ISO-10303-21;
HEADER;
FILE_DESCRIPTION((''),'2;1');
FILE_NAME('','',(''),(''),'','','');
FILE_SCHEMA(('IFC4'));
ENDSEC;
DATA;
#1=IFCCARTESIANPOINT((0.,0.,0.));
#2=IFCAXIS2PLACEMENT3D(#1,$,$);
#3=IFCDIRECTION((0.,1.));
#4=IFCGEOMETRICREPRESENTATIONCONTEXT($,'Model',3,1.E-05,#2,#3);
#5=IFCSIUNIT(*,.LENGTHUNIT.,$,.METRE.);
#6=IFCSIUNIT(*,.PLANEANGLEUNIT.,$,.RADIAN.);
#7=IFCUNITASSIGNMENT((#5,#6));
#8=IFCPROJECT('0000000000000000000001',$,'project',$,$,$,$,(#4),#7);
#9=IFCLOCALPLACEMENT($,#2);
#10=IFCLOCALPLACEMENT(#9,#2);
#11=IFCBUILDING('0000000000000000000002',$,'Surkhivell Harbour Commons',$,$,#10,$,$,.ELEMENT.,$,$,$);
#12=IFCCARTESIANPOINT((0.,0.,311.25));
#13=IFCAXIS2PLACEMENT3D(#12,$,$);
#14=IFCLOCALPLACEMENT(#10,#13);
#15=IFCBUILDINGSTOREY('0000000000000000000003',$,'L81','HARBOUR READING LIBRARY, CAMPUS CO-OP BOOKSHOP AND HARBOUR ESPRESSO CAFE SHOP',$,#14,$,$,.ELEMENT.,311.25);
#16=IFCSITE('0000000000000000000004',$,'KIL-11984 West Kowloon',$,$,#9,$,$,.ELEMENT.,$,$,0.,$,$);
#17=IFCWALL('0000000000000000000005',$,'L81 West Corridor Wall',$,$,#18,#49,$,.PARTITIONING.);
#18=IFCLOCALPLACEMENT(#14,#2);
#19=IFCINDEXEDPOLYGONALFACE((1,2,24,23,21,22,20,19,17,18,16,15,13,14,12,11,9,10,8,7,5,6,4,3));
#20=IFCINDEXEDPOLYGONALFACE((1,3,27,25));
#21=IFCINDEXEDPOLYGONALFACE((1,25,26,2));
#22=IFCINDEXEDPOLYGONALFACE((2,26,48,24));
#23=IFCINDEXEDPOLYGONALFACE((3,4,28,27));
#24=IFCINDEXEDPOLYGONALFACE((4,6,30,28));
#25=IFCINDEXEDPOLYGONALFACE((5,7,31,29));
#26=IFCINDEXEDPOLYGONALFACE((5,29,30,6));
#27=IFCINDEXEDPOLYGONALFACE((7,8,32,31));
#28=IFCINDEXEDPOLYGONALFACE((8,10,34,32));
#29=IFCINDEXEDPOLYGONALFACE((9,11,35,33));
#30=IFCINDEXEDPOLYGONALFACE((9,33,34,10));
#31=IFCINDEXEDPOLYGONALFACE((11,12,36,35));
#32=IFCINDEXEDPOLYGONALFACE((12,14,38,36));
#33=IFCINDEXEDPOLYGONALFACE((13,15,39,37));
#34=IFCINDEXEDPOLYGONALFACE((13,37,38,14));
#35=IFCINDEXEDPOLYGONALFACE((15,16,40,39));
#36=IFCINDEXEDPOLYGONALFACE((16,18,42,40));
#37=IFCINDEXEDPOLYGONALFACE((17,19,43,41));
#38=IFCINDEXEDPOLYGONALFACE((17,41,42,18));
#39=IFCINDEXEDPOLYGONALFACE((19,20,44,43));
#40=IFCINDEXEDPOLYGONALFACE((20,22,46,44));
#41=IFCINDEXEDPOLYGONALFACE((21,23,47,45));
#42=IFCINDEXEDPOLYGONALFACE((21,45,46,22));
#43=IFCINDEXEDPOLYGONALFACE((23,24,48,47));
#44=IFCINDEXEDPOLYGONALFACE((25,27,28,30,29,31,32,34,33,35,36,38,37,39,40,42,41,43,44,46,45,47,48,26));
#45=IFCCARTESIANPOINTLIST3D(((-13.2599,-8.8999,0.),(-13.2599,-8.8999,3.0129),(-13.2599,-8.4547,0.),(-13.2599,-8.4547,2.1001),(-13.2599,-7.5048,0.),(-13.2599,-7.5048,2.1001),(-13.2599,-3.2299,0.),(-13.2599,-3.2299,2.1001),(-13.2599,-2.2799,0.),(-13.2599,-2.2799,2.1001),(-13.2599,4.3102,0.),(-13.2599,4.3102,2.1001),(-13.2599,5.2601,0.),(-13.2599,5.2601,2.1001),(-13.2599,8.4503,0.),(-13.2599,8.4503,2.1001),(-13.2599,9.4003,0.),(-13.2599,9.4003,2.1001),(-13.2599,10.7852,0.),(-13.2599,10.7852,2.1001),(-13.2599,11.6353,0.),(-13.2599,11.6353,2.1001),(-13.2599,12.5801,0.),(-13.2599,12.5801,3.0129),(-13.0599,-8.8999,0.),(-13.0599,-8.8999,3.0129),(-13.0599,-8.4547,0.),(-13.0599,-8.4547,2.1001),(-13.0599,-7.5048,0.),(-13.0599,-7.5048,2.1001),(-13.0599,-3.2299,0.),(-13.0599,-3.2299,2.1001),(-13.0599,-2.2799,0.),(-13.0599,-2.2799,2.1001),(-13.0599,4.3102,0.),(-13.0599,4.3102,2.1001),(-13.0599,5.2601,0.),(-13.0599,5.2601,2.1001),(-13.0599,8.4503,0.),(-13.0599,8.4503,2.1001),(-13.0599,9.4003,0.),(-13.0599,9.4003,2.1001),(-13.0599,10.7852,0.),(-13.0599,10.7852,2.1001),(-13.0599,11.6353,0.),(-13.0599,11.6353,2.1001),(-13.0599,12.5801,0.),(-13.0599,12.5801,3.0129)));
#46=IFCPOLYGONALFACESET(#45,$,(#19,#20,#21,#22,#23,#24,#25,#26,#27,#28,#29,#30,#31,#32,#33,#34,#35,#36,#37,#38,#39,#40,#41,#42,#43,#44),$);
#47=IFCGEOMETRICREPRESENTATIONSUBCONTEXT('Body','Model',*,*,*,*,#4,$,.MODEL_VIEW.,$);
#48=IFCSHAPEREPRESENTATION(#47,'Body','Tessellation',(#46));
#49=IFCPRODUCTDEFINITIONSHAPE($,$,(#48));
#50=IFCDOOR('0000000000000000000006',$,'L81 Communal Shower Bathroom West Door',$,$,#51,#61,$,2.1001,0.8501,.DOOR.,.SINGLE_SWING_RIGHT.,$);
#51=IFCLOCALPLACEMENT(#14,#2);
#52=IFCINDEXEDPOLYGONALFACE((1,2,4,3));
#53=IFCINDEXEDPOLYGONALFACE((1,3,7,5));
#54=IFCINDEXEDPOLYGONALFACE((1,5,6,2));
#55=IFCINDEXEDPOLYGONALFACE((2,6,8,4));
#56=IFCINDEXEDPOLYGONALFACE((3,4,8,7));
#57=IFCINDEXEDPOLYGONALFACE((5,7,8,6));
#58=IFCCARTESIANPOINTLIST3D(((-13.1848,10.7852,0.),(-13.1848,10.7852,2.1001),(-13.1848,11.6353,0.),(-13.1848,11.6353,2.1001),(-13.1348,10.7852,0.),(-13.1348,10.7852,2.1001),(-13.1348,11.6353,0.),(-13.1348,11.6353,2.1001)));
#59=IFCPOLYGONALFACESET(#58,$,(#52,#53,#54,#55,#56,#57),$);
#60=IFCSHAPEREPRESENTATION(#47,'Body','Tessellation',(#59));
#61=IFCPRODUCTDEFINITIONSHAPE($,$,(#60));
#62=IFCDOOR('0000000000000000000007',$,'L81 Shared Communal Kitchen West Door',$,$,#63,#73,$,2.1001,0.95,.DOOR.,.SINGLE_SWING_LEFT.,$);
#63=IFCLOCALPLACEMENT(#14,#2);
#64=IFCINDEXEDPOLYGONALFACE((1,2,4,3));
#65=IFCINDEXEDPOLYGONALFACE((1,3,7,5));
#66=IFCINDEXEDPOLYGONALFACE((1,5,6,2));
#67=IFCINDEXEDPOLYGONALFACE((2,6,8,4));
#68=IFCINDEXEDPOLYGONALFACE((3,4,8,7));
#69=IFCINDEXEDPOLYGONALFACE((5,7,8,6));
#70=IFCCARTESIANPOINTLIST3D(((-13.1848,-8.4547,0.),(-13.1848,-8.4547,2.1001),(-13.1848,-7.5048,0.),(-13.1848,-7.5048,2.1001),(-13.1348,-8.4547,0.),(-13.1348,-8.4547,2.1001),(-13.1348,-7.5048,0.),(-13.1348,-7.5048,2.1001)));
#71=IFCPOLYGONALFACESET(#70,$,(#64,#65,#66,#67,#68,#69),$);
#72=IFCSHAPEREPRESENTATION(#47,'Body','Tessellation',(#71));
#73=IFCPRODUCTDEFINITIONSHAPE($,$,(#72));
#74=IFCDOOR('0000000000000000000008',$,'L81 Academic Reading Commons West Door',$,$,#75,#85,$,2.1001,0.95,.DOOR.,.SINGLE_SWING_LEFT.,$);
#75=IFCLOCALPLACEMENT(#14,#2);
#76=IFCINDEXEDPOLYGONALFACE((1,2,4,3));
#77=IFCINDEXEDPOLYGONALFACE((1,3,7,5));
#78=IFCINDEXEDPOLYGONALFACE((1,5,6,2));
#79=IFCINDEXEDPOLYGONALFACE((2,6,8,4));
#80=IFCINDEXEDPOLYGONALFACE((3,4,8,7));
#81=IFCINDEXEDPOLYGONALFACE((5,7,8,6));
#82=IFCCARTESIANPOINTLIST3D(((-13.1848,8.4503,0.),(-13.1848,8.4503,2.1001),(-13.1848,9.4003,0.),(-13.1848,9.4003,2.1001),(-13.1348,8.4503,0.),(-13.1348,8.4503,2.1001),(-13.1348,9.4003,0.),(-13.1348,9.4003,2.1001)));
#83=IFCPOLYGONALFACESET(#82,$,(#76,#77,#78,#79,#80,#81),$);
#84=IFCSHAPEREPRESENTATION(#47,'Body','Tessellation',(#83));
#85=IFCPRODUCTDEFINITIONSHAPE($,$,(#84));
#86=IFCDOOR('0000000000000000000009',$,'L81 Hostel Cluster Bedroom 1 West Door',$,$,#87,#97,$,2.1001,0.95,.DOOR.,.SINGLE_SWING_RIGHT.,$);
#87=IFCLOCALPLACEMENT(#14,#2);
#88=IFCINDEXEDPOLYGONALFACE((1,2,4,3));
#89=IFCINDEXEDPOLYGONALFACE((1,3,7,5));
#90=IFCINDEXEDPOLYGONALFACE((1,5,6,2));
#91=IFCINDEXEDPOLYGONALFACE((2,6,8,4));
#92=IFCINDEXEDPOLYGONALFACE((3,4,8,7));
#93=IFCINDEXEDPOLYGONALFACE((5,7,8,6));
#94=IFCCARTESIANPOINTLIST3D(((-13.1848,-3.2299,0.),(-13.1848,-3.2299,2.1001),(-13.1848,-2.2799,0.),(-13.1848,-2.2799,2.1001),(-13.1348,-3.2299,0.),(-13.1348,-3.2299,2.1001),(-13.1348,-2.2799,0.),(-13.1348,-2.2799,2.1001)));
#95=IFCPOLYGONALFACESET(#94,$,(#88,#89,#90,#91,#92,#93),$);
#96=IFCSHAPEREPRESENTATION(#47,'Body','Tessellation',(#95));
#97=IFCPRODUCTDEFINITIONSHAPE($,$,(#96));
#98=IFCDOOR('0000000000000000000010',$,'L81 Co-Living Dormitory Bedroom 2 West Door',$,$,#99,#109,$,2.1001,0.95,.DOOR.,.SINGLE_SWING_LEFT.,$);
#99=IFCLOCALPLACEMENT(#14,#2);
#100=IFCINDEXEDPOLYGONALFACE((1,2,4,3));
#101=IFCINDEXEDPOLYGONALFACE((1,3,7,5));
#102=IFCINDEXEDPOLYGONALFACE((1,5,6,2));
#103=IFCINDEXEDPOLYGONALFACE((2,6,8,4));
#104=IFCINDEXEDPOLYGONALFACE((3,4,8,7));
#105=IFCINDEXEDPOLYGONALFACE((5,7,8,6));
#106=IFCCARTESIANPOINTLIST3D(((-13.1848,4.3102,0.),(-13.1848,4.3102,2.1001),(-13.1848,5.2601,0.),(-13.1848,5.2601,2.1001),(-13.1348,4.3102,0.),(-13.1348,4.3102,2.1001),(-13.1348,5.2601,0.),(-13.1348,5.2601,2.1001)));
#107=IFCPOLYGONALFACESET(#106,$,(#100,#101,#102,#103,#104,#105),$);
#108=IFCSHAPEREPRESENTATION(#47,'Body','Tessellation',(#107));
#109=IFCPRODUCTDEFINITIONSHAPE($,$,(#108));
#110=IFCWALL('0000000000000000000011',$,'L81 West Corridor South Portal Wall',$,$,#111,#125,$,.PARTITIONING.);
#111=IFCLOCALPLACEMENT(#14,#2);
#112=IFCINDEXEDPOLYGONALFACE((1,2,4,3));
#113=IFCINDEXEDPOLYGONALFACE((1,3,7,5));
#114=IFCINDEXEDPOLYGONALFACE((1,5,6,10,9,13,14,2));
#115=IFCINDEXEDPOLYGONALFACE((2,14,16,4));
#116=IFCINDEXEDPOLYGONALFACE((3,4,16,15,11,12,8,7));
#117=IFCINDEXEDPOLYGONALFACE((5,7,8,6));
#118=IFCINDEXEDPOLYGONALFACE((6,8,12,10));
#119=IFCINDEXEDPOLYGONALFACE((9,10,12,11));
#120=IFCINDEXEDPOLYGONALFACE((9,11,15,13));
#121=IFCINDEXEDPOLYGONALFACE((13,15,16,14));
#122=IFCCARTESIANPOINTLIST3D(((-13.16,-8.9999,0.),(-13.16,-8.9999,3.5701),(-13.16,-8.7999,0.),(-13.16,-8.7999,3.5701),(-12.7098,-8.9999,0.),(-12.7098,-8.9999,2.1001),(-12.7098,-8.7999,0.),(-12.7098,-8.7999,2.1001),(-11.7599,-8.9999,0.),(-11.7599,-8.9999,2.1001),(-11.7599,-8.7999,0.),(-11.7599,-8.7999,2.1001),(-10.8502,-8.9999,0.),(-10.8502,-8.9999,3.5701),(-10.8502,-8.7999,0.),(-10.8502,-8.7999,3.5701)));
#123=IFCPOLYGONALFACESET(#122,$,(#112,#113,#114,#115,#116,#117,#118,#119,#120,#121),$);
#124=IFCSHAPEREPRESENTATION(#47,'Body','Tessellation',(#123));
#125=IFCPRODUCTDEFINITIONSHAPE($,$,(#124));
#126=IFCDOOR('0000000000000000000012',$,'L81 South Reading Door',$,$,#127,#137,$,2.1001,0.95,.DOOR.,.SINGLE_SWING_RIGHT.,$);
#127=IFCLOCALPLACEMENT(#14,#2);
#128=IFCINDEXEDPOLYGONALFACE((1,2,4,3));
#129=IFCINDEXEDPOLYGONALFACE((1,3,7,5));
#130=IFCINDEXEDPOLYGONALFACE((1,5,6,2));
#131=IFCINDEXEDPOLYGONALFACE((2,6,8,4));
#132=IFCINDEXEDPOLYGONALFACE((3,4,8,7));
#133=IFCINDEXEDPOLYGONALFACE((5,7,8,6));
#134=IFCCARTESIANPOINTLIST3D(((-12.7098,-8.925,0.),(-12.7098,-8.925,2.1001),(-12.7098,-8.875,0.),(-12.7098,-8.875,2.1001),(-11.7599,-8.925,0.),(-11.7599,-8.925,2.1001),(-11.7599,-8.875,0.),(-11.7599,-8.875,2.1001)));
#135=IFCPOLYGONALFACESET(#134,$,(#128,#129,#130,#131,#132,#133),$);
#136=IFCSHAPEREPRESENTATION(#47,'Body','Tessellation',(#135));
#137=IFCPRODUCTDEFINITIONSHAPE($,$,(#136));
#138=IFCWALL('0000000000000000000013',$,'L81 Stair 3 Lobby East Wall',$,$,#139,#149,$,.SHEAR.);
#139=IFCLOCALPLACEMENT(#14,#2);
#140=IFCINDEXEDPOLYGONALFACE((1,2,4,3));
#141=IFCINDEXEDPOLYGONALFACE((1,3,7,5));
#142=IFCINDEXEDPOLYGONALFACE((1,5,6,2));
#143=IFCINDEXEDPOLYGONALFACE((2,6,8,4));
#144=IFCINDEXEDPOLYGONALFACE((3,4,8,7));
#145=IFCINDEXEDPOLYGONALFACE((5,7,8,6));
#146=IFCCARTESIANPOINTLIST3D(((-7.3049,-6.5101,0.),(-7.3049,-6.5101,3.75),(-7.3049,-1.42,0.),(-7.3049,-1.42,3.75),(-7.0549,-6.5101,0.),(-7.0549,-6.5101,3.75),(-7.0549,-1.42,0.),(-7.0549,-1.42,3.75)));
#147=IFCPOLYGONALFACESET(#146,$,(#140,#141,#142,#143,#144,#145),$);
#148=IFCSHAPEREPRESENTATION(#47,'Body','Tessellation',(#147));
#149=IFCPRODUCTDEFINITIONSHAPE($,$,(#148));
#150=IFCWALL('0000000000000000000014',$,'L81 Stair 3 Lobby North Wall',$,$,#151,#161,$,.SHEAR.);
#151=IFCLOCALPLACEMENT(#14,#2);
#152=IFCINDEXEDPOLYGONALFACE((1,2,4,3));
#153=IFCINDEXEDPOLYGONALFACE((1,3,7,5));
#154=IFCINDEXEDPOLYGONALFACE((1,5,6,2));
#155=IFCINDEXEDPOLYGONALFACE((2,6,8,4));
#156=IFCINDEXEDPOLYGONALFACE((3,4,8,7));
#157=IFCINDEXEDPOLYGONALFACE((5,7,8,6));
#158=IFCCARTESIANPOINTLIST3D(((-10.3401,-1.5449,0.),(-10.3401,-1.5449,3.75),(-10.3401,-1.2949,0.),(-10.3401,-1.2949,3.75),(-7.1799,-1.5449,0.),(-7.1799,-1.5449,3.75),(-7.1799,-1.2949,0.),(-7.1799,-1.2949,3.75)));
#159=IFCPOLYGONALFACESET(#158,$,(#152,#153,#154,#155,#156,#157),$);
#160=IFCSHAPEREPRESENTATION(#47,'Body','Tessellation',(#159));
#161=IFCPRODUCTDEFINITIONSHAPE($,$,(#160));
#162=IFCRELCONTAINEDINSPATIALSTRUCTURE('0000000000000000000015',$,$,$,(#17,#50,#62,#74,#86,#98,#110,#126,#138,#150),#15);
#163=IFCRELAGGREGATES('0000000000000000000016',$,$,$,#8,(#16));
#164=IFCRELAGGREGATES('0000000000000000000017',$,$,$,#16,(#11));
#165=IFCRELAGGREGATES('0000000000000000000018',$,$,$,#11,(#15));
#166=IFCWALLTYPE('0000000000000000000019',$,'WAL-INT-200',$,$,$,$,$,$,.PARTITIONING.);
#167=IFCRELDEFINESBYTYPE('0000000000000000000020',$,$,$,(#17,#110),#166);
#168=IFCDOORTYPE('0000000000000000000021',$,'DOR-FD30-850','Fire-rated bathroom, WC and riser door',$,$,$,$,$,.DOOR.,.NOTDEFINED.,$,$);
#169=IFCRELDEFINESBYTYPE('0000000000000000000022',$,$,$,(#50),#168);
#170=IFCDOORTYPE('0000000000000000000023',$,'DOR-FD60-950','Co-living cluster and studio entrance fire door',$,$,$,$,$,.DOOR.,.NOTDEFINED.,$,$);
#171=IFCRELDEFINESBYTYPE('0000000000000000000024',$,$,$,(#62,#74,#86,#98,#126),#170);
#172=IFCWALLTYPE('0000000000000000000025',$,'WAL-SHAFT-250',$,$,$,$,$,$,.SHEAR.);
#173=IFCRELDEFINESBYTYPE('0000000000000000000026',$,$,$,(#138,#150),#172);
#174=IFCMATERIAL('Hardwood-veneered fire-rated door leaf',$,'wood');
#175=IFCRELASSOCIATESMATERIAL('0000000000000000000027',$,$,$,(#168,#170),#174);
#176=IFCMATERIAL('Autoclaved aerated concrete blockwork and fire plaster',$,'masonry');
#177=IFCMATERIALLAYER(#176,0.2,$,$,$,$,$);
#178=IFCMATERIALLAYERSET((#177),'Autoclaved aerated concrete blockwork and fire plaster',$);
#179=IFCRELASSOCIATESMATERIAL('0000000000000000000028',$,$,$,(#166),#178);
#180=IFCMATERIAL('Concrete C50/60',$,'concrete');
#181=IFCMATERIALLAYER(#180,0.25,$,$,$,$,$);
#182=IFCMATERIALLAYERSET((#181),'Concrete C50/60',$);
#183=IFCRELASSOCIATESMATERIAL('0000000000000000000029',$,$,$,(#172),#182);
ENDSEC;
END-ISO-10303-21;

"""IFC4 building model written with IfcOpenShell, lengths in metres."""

from ifc_helpers import new_model, si_unit, direction, frame, frame_2d, origin, place, context, subcontext, project, spatial, rectangle, extrude, material, layer, layer_set, type_object, element, fill, save


model = new_model("IFC4")

# Units and contexts
model_context = context("Model", 3, precision=1e-05, world=origin(), true_north=direction((0.0, 1.0)))
body_context = subcontext(model_context, "Body", "Model", "MODEL_VIEW")
ifc_project = project(units=[si_unit("LENGTHUNIT", "METRE"), si_unit("PLANEANGLEUNIT", "RADIAN")], contexts=[model_context])

# Site, building, storey
site_placement = place(None, origin())
site = spatial("IfcSite", under=ifc_project, at=site_placement, Name="KIL-11984 West Kowloon", CompositionType="ELEMENT", RefElevation=0.0)
building_placement = place(site_placement, origin())
building = spatial("IfcBuilding", under=site, at=building_placement, Name="Surkhivell Harbour Commons", CompositionType="ELEMENT")
storey_placement = place(building_placement, frame((0.0, 0.0, 311.25)))
storey = spatial("IfcBuildingStorey", under=building, at=storey_placement, Name="L81", Description="HARBOUR READING LIBRARY, CAMPUS CO-OP BOOKSHOP AND HARBOUR ESPRESSO CAFE SHOP", CompositionType="ELEMENT", Elevation=311.25)

# Shared definitions
ifc_material_1 = material(Name="Concrete C50/60", Category="concrete")

# Shared definitions
ifc_material_2 = material(Name="Hardwood-veneered fire-rated door leaf", Category="wood")
door_type_1 = type_object("IfcDoorType", Name="DOR-FD30-850", Description="Fire-rated bathroom, WC and riser door", OperationType="NOTDEFINED", PredefinedType="DOOR", material=ifc_material_2)

# Wall, openings, doors
ifc_material_3 = material(Name="Autoclaved aerated concrete blockwork and fire plaster", Category="masonry")
ifc_layer_1 = layer(ifc_material_3, 0.2)
ifc_layer_set_1 = layer_set([ifc_layer_1], Name="Autoclaved aerated concrete blockwork and fire plaster")
wall_type_1 = type_object("IfcWallType", Name="WAL-INT-200", PredefinedType="PARTITIONING", material=ifc_layer_set_1)
wall_1_placement = place(storey_placement, frame((-13.1599, -8.8999, 0.0), z_axis=(0.0, 0.0, 1.0), x_axis=(0.0, 1.0, 0.0)))
wall_1 = element("IfcWall", 1, at=wall_1_placement, inside=storey, type_object=wall_type_1, Name="L81 West Corridor Wall", PredefinedType="PARTITIONING", context=body_context, shape_type="SweptSolid", body=[
    extrude(rectangle(XDim=21.48, YDim=0.2, at=frame_2d((10.74, 0.0))), origin(), (0.0, 0.0, 1.0), 3.0129),
])
opening_1_placement = place(wall_1_placement, frame((0.4451, 0.0, 0.0)))
opening_1 = element("IfcOpeningElement", 2, at=opening_1_placement, cuts=wall_1, PredefinedType="OPENING", context=body_context, shape_type="SweptSolid", body=[
    extrude(rectangle(XDim=0.95, YDim=2.1001, at=frame_2d((0.4751, 1.05))), frame((0.0, 0.1099, 0.0), z_axis=(0.0, -1.0, 0.0), x_axis=(1.0, 0.0, 0.0)), (0.0, 0.0, 1.0), 0.22),
])
opening_2_placement = place(wall_1_placement, frame((19.6851, 0.0, 0.0)))
opening_2 = element("IfcOpeningElement", 3, at=opening_2_placement, cuts=wall_1, PredefinedType="OPENING", context=body_context, shape_type="SweptSolid", body=[
    extrude(rectangle(XDim=0.8501, YDim=2.1001, at=frame_2d((0.425, 1.05))), frame((0.0, 0.1099, 0.0), z_axis=(0.0, -1.0, 0.0), x_axis=(1.0, 0.0, 0.0)), (0.0, 0.0, 1.0), 0.22),
])
opening_3_placement = place(wall_1_placement, frame((17.3501, 0.0, 0.0)))
opening_3 = element("IfcOpeningElement", 4, at=opening_3_placement, cuts=wall_1, PredefinedType="OPENING", context=body_context, shape_type="SweptSolid", body=[
    extrude(rectangle(XDim=0.95, YDim=2.1001, at=frame_2d((0.4751, 1.05))), frame((0.0, 0.1099, 0.0), z_axis=(0.0, -1.0, 0.0), x_axis=(1.0, 0.0, 0.0)), (0.0, 0.0, 1.0), 0.22),
])
opening_4_placement = place(wall_1_placement, frame((5.6699, 0.0, 0.0)))
opening_4 = element("IfcOpeningElement", 5, at=opening_4_placement, cuts=wall_1, PredefinedType="OPENING", context=body_context, shape_type="SweptSolid", body=[
    extrude(rectangle(XDim=0.95, YDim=2.1001, at=frame_2d((0.4751, 1.05))), frame((0.0, 0.1099, 0.0), z_axis=(0.0, -1.0, 0.0), x_axis=(1.0, 0.0, 0.0)), (0.0, 0.0, 1.0), 0.22),
])
opening_5_placement = place(wall_1_placement, frame((13.21, 0.0, 0.0)))
opening_5 = element("IfcOpeningElement", 6, at=opening_5_placement, cuts=wall_1, PredefinedType="OPENING", context=body_context, shape_type="SweptSolid", body=[
    extrude(rectangle(XDim=0.95, YDim=2.1001, at=frame_2d((0.4751, 1.05))), frame((0.0, 0.1099, 0.0), z_axis=(0.0, -1.0, 0.0), x_axis=(1.0, 0.0, 0.0)), (0.0, 0.0, 1.0), 0.22),
])
door_1_placement = place(opening_2_placement, origin())
door_1 = element("IfcDoor", 7, at=door_1_placement, inside=storey, type_object=door_type_1, Name="L81 Communal Shower Bathroom West Door", OperationType="SINGLE_SWING_RIGHT", OverallHeight=2.1001, OverallWidth=0.8501, PredefinedType="DOOR", context=body_context, shape_type="SweptSolid", body=[
    extrude(rectangle(XDim=0.8501, YDim=2.1001, at=frame_2d((0.425, 1.05))), frame((0.0, 0.0249, 0.0), z_axis=(0.0, -1.0, 0.0), x_axis=(1.0, 0.0, 0.0)), (0.0, 0.0, 1.0), 0.05),
])
fill(opening_2, door_1)
door_type_2 = type_object("IfcDoorType", Name="DOR-FD60-950", Description="Co-living cluster and studio entrance fire door", OperationType="NOTDEFINED", PredefinedType="DOOR", material=ifc_material_2)
door_2_placement = place(opening_1_placement, origin())
door_2 = element("IfcDoor", 8, at=door_2_placement, inside=storey, type_object=door_type_2, Name="L81 Shared Communal Kitchen West Door", OperationType="SINGLE_SWING_LEFT", OverallHeight=2.1001, OverallWidth=0.95, PredefinedType="DOOR", context=body_context, shape_type="SweptSolid", body=[
    extrude(rectangle(XDim=0.95, YDim=2.1001, at=frame_2d((0.4751, 1.05))), frame((0.0, 0.0249, 0.0), z_axis=(0.0, -1.0, 0.0), x_axis=(1.0, 0.0, 0.0)), (0.0, 0.0, 1.0), 0.05),
])
fill(opening_1, door_2)
door_3_placement = place(opening_3_placement, origin())
door_3 = element("IfcDoor", 9, at=door_3_placement, inside=storey, type_object=door_type_2, Name="L81 Academic Reading Commons West Door", OperationType="SINGLE_SWING_LEFT", OverallHeight=2.1001, OverallWidth=0.95, PredefinedType="DOOR", context=body_context, shape_type="SweptSolid", body=[
    extrude(rectangle(XDim=0.95, YDim=2.1001, at=frame_2d((0.4751, 1.05))), frame((0.0, 0.0249, 0.0), z_axis=(0.0, -1.0, 0.0), x_axis=(1.0, 0.0, 0.0)), (0.0, 0.0, 1.0), 0.05),
])
fill(opening_3, door_3)
door_4_placement = place(opening_4_placement, origin())
door_4 = element("IfcDoor", 10, at=door_4_placement, inside=storey, type_object=door_type_2, Name="L81 Hostel Cluster Bedroom 1 West Door", OperationType="SINGLE_SWING_RIGHT", OverallHeight=2.1001, OverallWidth=0.95, PredefinedType="DOOR", context=body_context, shape_type="SweptSolid", body=[
    extrude(rectangle(XDim=0.95, YDim=2.1001, at=frame_2d((0.4751, 1.05))), frame((0.0, 0.0249, 0.0), z_axis=(0.0, -1.0, 0.0), x_axis=(1.0, 0.0, 0.0)), (0.0, 0.0, 1.0), 0.05),
])
fill(opening_4, door_4)
door_5_placement = place(opening_5_placement, origin())
door_5 = element("IfcDoor", 11, at=door_5_placement, inside=storey, type_object=door_type_2, Name="L81 Co-Living Dormitory Bedroom 2 West Door", OperationType="SINGLE_SWING_LEFT", OverallHeight=2.1001, OverallWidth=0.95, PredefinedType="DOOR", context=body_context, shape_type="SweptSolid", body=[
    extrude(rectangle(XDim=0.95, YDim=2.1001, at=frame_2d((0.4751, 1.05))), frame((0.0, 0.0249, 0.0), z_axis=(0.0, -1.0, 0.0), x_axis=(1.0, 0.0, 0.0)), (0.0, 0.0, 1.0), 0.05),
])
fill(opening_5, door_5)

# Wall, opening, door
wall_2_placement = place(storey_placement, frame((-13.1599, -8.8999, 0.0), z_axis=(0.0, 0.0, 1.0), x_axis=(1.0, 0.0, 0.0)))
wall_2 = element("IfcWall", 12, at=wall_2_placement, inside=storey, type_object=wall_type_1, Name="L81 West Corridor South Portal Wall", PredefinedType="PARTITIONING", context=body_context, shape_type="SweptSolid", body=[
    extrude(rectangle(XDim=2.3098, YDim=0.2, at=frame_2d((1.1548, 0.0))), origin(), (0.0, 0.0, 1.0), 3.5701),
])
opening_6_placement = place(wall_2_placement, frame((0.45, 0.0, 0.0)))
opening_6 = element("IfcOpeningElement", 13, at=opening_6_placement, cuts=wall_2, PredefinedType="OPENING", context=body_context, shape_type="SweptSolid", body=[
    extrude(rectangle(XDim=0.95, YDim=2.1001, at=frame_2d((0.4751, 1.05))), frame((0.0, 0.1099, 0.0), z_axis=(0.0, -1.0, 0.0), x_axis=(1.0, 0.0, 0.0)), (0.0, 0.0, 1.0), 0.22),
])
door_6_placement = place(opening_6_placement, origin())
door_6 = element("IfcDoor", 14, at=door_6_placement, inside=storey, type_object=door_type_2, Name="L81 South Reading Door", OperationType="SINGLE_SWING_RIGHT", OverallHeight=2.1001, OverallWidth=0.95, PredefinedType="DOOR", context=body_context, shape_type="SweptSolid", body=[
    extrude(rectangle(XDim=0.95, YDim=2.1001, at=frame_2d((0.4751, 1.05))), frame((0.0, 0.0249, 0.0), z_axis=(0.0, -1.0, 0.0), x_axis=(1.0, 0.0, 0.0)), (0.0, 0.0, 1.0), 0.05),
])
fill(opening_6, door_6)

# Walls
ifc_layer_2 = layer(ifc_material_1, 0.25)
ifc_layer_set_2 = layer_set([ifc_layer_2], Name="Concrete C50/60")
wall_type_2 = type_object("IfcWallType", Name="WAL-SHAFT-250", PredefinedType="SHEAR", material=ifc_layer_set_2)
wall_3_placement = place(storey_placement, frame((-7.1799, -6.51, 0.0), z_axis=(0.0, 0.0, 1.0), x_axis=(0.0, 1.0, 0.0)))
element("IfcWall", 15, at=wall_3_placement, inside=storey, type_object=wall_type_2, Name="L81 Stair 3 Lobby East Wall", PredefinedType="SHEAR", context=body_context, shape_type="SweptSolid", body=[
    extrude(rectangle(XDim=5.0901, YDim=0.25, at=frame_2d((2.5449, 0.0))), origin(), (0.0, 0.0, 1.0), 3.75),
])
wall_4_placement = place(storey_placement, frame((-10.3401, -1.4199, 0.0), z_axis=(0.0, 0.0, 1.0), x_axis=(1.0, 0.0, 0.0)))
element("IfcWall", 16, at=wall_4_placement, inside=storey, type_object=wall_type_2, Name="L81 Stair 3 Lobby North Wall", PredefinedType="SHEAR", context=body_context, shape_type="SweptSolid", body=[
    extrude(rectangle(XDim=3.1602, YDim=0.25, at=frame_2d((1.5801, 0.0))), origin(), (0.0, 0.0, 1.0), 3.75),
])

save(model, "model.ifc")
